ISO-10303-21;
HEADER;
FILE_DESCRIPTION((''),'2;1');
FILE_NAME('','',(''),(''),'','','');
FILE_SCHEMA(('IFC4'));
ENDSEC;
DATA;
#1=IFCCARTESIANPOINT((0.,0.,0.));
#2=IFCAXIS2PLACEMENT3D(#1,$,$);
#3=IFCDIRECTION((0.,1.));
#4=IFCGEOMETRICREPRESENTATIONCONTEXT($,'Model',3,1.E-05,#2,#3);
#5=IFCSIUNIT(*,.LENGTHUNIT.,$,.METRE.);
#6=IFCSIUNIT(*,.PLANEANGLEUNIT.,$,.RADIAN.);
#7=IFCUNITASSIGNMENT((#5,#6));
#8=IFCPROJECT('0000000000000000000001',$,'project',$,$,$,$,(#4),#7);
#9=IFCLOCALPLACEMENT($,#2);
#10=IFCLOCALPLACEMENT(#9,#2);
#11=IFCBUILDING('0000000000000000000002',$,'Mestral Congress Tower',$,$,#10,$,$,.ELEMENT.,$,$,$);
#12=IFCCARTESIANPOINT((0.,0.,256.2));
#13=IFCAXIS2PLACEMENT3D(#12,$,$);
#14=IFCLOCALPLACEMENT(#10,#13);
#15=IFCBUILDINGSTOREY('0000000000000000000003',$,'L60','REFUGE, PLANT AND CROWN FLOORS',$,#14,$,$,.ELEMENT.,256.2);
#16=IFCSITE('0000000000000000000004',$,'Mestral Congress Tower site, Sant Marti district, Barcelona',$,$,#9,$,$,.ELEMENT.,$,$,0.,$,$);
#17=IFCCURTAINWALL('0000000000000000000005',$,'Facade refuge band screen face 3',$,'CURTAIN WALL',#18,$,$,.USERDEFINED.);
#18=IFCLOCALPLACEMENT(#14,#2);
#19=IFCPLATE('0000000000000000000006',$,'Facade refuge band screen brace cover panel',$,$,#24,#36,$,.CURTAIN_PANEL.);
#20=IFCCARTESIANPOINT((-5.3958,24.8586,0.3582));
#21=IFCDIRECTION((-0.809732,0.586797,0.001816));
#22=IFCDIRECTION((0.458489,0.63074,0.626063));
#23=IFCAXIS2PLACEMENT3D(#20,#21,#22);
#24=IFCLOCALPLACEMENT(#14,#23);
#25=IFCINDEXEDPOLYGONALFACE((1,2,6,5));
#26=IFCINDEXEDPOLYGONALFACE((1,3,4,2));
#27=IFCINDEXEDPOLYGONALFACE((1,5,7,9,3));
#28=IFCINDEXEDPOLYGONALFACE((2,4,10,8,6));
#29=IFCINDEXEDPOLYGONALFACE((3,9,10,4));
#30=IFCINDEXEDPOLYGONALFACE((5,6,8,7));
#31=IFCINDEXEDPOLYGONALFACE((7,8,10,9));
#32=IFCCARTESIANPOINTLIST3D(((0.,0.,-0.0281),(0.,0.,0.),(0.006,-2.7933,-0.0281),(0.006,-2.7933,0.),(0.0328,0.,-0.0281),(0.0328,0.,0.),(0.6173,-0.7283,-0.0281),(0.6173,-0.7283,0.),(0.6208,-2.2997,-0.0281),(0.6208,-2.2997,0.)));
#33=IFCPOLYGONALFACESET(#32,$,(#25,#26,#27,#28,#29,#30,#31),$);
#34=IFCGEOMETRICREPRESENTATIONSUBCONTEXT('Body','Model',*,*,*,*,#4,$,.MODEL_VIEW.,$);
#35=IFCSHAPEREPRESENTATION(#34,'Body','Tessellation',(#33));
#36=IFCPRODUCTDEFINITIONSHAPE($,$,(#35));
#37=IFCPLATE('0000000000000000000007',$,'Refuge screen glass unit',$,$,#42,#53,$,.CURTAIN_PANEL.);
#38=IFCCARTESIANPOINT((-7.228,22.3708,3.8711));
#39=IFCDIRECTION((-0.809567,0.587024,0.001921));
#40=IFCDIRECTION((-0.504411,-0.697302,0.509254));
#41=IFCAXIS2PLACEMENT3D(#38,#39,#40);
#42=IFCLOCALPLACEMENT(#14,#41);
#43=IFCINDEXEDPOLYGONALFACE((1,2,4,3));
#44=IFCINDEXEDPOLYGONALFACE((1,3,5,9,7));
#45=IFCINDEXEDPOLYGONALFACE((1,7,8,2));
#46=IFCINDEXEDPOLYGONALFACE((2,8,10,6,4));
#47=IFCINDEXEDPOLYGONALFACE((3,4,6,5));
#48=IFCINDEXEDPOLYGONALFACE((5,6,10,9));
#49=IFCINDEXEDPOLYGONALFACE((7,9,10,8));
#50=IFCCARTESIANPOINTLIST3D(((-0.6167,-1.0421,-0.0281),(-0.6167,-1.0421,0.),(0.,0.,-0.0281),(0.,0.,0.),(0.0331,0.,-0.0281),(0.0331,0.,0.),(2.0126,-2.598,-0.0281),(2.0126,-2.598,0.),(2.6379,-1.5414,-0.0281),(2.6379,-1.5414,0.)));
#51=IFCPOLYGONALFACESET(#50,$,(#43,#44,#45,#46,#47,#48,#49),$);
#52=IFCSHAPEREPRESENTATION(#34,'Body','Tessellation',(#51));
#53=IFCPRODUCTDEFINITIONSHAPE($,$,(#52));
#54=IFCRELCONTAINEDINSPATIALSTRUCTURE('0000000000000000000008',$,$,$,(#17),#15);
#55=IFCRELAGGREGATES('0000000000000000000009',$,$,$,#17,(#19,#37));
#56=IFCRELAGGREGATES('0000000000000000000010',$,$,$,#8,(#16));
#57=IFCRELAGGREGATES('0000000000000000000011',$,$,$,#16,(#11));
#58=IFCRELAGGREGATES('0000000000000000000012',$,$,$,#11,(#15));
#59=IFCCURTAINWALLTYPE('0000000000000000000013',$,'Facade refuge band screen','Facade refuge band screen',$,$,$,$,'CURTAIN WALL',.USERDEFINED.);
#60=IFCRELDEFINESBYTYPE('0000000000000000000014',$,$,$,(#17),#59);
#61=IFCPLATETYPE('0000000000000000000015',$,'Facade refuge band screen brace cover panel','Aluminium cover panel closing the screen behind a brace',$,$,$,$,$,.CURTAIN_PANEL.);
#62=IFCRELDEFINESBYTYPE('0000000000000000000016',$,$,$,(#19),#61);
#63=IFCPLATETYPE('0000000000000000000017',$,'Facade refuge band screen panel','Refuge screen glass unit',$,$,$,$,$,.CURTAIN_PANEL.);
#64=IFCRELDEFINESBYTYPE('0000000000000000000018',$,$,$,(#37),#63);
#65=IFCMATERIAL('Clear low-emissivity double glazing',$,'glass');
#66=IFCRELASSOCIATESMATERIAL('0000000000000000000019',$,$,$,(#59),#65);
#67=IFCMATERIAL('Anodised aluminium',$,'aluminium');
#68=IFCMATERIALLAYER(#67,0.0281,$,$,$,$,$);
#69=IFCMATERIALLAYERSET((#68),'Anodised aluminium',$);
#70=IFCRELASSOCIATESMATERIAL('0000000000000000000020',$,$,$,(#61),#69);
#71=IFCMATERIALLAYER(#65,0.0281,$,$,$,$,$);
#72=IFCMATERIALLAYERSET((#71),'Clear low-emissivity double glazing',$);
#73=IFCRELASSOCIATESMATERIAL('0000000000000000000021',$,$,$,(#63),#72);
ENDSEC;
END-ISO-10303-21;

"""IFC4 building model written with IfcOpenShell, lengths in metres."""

from ifc_helpers import new_model, si_unit, direction, frame, origin, place, context, subcontext, project, spatial, polyline, outline, extrude, material, layer, layer_set, type_object, element, aggregate, save


model = new_model("IFC4")

# Units and contexts
model_context = context("Model", 3, precision=1e-05, world=origin(), true_north=direction((0.0, 1.0)))
body_context = subcontext(model_context, "Body", "Model", "MODEL_VIEW")
ifc_project = project(units=[si_unit("LENGTHUNIT", "METRE"), si_unit("PLANEANGLEUNIT", "RADIAN")], contexts=[model_context])

# Site, building, storey
site_placement = place(None, origin())
site = spatial("IfcSite", under=ifc_project, at=site_placement, Name="Mestral Congress Tower site, Sant Marti district, Barcelona", CompositionType="ELEMENT", RefElevation=0.0)
building_placement = place(site_placement, origin())
building = spatial("IfcBuilding", under=site, at=building_placement, Name="Mestral Congress Tower", CompositionType="ELEMENT")
storey_placement = place(building_placement, frame((0.0, 0.0, 256.2)))
storey = spatial("IfcBuildingStorey", under=building, at=storey_placement, Name="L60", Description="REFUGE, PLANT AND CROWN FLOORS", CompositionType="ELEMENT", Elevation=256.2)

# Curtain wall
ifc_material_1 = material(Name="Clear low-emissivity double glazing", Category="glass")
curtain_wall_type = type_object("IfcCurtainWallType", Name="Facade refuge band screen", Description="Facade refuge band screen", ElementType="CURTAIN WALL", PredefinedType="USERDEFINED", material=ifc_material_1)
placement = place(storey_placement, origin())
curtain_wall_1 = element("IfcCurtainWall", 1, at=placement, inside=storey, type_object=curtain_wall_type, Name="Facade refuge band screen face 3", ObjectType="CURTAIN WALL", PredefinedType="USERDEFINED")
ifc_material_2 = material(Name="Anodised aluminium", Category="aluminium")

# Plates
ifc_layer_1 = layer(ifc_material_2, 0.0281)
ifc_layer_set_1 = layer_set([ifc_layer_1], Name="Anodised aluminium")
plate_type_1 = type_object("IfcPlateType", Name="Facade refuge band screen brace cover panel", Description="Aluminium cover panel closing the screen behind a brace", PredefinedType="CURTAIN_PANEL", material=ifc_layer_set_1)
plate_1_placement = place(storey_placement, frame((-5.3958, 24.8586, 0.3582), z_axis=(-0.809732, 0.586797, 0.001816), x_axis=(0.458489, 0.63074, 0.626063)))
plate_1 = element("IfcPlate", 2, at=plate_1_placement, type_object=plate_type_1, Name="Facade refuge band screen brace cover panel", PredefinedType="CURTAIN_PANEL", context=body_context, shape_type="SweptSolid", body=[
    extrude(outline(polyline([(0.0, 0.0), (0.0328, 0.0), (0.6173, -0.7283), (0.6208, -2.2997), (0.006, -2.7933), (0.0, 0.0)])), origin(), (0.0, 0.0, -1.0), 0.0281),
])
ifc_layer_2 = layer(ifc_material_1, 0.0281)
ifc_layer_set_2 = layer_set([ifc_layer_2], Name="Clear low-emissivity double glazing")
plate_type_2 = type_object("IfcPlateType", Name="Facade refuge band screen panel", Description="Refuge screen glass unit", PredefinedType="CURTAIN_PANEL", material=ifc_layer_set_2)
plate_2_placement = place(storey_placement, frame((-7.228, 22.3708, 3.8711), z_axis=(-0.809567, 0.587024, 0.001921), x_axis=(-0.504411, -0.697302, 0.509254)))
plate_2 = element("IfcPlate", 3, at=plate_2_placement, type_object=plate_type_2, Name="Refuge screen glass unit", PredefinedType="CURTAIN_PANEL", context=body_context, shape_type="SweptSolid", body=[
    extrude(outline(polyline([(0.0, 0.0), (0.0331, 0.0), (2.6379, -1.5414), (2.0126, -2.598), (-0.6167, -1.0421), (0.0, 0.0)])), origin(), (0.0, 0.0, -1.0), 0.0281),
])
aggregate(curtain_wall_1, [plate_1, plate_2])

save(model, "model.ifc")
